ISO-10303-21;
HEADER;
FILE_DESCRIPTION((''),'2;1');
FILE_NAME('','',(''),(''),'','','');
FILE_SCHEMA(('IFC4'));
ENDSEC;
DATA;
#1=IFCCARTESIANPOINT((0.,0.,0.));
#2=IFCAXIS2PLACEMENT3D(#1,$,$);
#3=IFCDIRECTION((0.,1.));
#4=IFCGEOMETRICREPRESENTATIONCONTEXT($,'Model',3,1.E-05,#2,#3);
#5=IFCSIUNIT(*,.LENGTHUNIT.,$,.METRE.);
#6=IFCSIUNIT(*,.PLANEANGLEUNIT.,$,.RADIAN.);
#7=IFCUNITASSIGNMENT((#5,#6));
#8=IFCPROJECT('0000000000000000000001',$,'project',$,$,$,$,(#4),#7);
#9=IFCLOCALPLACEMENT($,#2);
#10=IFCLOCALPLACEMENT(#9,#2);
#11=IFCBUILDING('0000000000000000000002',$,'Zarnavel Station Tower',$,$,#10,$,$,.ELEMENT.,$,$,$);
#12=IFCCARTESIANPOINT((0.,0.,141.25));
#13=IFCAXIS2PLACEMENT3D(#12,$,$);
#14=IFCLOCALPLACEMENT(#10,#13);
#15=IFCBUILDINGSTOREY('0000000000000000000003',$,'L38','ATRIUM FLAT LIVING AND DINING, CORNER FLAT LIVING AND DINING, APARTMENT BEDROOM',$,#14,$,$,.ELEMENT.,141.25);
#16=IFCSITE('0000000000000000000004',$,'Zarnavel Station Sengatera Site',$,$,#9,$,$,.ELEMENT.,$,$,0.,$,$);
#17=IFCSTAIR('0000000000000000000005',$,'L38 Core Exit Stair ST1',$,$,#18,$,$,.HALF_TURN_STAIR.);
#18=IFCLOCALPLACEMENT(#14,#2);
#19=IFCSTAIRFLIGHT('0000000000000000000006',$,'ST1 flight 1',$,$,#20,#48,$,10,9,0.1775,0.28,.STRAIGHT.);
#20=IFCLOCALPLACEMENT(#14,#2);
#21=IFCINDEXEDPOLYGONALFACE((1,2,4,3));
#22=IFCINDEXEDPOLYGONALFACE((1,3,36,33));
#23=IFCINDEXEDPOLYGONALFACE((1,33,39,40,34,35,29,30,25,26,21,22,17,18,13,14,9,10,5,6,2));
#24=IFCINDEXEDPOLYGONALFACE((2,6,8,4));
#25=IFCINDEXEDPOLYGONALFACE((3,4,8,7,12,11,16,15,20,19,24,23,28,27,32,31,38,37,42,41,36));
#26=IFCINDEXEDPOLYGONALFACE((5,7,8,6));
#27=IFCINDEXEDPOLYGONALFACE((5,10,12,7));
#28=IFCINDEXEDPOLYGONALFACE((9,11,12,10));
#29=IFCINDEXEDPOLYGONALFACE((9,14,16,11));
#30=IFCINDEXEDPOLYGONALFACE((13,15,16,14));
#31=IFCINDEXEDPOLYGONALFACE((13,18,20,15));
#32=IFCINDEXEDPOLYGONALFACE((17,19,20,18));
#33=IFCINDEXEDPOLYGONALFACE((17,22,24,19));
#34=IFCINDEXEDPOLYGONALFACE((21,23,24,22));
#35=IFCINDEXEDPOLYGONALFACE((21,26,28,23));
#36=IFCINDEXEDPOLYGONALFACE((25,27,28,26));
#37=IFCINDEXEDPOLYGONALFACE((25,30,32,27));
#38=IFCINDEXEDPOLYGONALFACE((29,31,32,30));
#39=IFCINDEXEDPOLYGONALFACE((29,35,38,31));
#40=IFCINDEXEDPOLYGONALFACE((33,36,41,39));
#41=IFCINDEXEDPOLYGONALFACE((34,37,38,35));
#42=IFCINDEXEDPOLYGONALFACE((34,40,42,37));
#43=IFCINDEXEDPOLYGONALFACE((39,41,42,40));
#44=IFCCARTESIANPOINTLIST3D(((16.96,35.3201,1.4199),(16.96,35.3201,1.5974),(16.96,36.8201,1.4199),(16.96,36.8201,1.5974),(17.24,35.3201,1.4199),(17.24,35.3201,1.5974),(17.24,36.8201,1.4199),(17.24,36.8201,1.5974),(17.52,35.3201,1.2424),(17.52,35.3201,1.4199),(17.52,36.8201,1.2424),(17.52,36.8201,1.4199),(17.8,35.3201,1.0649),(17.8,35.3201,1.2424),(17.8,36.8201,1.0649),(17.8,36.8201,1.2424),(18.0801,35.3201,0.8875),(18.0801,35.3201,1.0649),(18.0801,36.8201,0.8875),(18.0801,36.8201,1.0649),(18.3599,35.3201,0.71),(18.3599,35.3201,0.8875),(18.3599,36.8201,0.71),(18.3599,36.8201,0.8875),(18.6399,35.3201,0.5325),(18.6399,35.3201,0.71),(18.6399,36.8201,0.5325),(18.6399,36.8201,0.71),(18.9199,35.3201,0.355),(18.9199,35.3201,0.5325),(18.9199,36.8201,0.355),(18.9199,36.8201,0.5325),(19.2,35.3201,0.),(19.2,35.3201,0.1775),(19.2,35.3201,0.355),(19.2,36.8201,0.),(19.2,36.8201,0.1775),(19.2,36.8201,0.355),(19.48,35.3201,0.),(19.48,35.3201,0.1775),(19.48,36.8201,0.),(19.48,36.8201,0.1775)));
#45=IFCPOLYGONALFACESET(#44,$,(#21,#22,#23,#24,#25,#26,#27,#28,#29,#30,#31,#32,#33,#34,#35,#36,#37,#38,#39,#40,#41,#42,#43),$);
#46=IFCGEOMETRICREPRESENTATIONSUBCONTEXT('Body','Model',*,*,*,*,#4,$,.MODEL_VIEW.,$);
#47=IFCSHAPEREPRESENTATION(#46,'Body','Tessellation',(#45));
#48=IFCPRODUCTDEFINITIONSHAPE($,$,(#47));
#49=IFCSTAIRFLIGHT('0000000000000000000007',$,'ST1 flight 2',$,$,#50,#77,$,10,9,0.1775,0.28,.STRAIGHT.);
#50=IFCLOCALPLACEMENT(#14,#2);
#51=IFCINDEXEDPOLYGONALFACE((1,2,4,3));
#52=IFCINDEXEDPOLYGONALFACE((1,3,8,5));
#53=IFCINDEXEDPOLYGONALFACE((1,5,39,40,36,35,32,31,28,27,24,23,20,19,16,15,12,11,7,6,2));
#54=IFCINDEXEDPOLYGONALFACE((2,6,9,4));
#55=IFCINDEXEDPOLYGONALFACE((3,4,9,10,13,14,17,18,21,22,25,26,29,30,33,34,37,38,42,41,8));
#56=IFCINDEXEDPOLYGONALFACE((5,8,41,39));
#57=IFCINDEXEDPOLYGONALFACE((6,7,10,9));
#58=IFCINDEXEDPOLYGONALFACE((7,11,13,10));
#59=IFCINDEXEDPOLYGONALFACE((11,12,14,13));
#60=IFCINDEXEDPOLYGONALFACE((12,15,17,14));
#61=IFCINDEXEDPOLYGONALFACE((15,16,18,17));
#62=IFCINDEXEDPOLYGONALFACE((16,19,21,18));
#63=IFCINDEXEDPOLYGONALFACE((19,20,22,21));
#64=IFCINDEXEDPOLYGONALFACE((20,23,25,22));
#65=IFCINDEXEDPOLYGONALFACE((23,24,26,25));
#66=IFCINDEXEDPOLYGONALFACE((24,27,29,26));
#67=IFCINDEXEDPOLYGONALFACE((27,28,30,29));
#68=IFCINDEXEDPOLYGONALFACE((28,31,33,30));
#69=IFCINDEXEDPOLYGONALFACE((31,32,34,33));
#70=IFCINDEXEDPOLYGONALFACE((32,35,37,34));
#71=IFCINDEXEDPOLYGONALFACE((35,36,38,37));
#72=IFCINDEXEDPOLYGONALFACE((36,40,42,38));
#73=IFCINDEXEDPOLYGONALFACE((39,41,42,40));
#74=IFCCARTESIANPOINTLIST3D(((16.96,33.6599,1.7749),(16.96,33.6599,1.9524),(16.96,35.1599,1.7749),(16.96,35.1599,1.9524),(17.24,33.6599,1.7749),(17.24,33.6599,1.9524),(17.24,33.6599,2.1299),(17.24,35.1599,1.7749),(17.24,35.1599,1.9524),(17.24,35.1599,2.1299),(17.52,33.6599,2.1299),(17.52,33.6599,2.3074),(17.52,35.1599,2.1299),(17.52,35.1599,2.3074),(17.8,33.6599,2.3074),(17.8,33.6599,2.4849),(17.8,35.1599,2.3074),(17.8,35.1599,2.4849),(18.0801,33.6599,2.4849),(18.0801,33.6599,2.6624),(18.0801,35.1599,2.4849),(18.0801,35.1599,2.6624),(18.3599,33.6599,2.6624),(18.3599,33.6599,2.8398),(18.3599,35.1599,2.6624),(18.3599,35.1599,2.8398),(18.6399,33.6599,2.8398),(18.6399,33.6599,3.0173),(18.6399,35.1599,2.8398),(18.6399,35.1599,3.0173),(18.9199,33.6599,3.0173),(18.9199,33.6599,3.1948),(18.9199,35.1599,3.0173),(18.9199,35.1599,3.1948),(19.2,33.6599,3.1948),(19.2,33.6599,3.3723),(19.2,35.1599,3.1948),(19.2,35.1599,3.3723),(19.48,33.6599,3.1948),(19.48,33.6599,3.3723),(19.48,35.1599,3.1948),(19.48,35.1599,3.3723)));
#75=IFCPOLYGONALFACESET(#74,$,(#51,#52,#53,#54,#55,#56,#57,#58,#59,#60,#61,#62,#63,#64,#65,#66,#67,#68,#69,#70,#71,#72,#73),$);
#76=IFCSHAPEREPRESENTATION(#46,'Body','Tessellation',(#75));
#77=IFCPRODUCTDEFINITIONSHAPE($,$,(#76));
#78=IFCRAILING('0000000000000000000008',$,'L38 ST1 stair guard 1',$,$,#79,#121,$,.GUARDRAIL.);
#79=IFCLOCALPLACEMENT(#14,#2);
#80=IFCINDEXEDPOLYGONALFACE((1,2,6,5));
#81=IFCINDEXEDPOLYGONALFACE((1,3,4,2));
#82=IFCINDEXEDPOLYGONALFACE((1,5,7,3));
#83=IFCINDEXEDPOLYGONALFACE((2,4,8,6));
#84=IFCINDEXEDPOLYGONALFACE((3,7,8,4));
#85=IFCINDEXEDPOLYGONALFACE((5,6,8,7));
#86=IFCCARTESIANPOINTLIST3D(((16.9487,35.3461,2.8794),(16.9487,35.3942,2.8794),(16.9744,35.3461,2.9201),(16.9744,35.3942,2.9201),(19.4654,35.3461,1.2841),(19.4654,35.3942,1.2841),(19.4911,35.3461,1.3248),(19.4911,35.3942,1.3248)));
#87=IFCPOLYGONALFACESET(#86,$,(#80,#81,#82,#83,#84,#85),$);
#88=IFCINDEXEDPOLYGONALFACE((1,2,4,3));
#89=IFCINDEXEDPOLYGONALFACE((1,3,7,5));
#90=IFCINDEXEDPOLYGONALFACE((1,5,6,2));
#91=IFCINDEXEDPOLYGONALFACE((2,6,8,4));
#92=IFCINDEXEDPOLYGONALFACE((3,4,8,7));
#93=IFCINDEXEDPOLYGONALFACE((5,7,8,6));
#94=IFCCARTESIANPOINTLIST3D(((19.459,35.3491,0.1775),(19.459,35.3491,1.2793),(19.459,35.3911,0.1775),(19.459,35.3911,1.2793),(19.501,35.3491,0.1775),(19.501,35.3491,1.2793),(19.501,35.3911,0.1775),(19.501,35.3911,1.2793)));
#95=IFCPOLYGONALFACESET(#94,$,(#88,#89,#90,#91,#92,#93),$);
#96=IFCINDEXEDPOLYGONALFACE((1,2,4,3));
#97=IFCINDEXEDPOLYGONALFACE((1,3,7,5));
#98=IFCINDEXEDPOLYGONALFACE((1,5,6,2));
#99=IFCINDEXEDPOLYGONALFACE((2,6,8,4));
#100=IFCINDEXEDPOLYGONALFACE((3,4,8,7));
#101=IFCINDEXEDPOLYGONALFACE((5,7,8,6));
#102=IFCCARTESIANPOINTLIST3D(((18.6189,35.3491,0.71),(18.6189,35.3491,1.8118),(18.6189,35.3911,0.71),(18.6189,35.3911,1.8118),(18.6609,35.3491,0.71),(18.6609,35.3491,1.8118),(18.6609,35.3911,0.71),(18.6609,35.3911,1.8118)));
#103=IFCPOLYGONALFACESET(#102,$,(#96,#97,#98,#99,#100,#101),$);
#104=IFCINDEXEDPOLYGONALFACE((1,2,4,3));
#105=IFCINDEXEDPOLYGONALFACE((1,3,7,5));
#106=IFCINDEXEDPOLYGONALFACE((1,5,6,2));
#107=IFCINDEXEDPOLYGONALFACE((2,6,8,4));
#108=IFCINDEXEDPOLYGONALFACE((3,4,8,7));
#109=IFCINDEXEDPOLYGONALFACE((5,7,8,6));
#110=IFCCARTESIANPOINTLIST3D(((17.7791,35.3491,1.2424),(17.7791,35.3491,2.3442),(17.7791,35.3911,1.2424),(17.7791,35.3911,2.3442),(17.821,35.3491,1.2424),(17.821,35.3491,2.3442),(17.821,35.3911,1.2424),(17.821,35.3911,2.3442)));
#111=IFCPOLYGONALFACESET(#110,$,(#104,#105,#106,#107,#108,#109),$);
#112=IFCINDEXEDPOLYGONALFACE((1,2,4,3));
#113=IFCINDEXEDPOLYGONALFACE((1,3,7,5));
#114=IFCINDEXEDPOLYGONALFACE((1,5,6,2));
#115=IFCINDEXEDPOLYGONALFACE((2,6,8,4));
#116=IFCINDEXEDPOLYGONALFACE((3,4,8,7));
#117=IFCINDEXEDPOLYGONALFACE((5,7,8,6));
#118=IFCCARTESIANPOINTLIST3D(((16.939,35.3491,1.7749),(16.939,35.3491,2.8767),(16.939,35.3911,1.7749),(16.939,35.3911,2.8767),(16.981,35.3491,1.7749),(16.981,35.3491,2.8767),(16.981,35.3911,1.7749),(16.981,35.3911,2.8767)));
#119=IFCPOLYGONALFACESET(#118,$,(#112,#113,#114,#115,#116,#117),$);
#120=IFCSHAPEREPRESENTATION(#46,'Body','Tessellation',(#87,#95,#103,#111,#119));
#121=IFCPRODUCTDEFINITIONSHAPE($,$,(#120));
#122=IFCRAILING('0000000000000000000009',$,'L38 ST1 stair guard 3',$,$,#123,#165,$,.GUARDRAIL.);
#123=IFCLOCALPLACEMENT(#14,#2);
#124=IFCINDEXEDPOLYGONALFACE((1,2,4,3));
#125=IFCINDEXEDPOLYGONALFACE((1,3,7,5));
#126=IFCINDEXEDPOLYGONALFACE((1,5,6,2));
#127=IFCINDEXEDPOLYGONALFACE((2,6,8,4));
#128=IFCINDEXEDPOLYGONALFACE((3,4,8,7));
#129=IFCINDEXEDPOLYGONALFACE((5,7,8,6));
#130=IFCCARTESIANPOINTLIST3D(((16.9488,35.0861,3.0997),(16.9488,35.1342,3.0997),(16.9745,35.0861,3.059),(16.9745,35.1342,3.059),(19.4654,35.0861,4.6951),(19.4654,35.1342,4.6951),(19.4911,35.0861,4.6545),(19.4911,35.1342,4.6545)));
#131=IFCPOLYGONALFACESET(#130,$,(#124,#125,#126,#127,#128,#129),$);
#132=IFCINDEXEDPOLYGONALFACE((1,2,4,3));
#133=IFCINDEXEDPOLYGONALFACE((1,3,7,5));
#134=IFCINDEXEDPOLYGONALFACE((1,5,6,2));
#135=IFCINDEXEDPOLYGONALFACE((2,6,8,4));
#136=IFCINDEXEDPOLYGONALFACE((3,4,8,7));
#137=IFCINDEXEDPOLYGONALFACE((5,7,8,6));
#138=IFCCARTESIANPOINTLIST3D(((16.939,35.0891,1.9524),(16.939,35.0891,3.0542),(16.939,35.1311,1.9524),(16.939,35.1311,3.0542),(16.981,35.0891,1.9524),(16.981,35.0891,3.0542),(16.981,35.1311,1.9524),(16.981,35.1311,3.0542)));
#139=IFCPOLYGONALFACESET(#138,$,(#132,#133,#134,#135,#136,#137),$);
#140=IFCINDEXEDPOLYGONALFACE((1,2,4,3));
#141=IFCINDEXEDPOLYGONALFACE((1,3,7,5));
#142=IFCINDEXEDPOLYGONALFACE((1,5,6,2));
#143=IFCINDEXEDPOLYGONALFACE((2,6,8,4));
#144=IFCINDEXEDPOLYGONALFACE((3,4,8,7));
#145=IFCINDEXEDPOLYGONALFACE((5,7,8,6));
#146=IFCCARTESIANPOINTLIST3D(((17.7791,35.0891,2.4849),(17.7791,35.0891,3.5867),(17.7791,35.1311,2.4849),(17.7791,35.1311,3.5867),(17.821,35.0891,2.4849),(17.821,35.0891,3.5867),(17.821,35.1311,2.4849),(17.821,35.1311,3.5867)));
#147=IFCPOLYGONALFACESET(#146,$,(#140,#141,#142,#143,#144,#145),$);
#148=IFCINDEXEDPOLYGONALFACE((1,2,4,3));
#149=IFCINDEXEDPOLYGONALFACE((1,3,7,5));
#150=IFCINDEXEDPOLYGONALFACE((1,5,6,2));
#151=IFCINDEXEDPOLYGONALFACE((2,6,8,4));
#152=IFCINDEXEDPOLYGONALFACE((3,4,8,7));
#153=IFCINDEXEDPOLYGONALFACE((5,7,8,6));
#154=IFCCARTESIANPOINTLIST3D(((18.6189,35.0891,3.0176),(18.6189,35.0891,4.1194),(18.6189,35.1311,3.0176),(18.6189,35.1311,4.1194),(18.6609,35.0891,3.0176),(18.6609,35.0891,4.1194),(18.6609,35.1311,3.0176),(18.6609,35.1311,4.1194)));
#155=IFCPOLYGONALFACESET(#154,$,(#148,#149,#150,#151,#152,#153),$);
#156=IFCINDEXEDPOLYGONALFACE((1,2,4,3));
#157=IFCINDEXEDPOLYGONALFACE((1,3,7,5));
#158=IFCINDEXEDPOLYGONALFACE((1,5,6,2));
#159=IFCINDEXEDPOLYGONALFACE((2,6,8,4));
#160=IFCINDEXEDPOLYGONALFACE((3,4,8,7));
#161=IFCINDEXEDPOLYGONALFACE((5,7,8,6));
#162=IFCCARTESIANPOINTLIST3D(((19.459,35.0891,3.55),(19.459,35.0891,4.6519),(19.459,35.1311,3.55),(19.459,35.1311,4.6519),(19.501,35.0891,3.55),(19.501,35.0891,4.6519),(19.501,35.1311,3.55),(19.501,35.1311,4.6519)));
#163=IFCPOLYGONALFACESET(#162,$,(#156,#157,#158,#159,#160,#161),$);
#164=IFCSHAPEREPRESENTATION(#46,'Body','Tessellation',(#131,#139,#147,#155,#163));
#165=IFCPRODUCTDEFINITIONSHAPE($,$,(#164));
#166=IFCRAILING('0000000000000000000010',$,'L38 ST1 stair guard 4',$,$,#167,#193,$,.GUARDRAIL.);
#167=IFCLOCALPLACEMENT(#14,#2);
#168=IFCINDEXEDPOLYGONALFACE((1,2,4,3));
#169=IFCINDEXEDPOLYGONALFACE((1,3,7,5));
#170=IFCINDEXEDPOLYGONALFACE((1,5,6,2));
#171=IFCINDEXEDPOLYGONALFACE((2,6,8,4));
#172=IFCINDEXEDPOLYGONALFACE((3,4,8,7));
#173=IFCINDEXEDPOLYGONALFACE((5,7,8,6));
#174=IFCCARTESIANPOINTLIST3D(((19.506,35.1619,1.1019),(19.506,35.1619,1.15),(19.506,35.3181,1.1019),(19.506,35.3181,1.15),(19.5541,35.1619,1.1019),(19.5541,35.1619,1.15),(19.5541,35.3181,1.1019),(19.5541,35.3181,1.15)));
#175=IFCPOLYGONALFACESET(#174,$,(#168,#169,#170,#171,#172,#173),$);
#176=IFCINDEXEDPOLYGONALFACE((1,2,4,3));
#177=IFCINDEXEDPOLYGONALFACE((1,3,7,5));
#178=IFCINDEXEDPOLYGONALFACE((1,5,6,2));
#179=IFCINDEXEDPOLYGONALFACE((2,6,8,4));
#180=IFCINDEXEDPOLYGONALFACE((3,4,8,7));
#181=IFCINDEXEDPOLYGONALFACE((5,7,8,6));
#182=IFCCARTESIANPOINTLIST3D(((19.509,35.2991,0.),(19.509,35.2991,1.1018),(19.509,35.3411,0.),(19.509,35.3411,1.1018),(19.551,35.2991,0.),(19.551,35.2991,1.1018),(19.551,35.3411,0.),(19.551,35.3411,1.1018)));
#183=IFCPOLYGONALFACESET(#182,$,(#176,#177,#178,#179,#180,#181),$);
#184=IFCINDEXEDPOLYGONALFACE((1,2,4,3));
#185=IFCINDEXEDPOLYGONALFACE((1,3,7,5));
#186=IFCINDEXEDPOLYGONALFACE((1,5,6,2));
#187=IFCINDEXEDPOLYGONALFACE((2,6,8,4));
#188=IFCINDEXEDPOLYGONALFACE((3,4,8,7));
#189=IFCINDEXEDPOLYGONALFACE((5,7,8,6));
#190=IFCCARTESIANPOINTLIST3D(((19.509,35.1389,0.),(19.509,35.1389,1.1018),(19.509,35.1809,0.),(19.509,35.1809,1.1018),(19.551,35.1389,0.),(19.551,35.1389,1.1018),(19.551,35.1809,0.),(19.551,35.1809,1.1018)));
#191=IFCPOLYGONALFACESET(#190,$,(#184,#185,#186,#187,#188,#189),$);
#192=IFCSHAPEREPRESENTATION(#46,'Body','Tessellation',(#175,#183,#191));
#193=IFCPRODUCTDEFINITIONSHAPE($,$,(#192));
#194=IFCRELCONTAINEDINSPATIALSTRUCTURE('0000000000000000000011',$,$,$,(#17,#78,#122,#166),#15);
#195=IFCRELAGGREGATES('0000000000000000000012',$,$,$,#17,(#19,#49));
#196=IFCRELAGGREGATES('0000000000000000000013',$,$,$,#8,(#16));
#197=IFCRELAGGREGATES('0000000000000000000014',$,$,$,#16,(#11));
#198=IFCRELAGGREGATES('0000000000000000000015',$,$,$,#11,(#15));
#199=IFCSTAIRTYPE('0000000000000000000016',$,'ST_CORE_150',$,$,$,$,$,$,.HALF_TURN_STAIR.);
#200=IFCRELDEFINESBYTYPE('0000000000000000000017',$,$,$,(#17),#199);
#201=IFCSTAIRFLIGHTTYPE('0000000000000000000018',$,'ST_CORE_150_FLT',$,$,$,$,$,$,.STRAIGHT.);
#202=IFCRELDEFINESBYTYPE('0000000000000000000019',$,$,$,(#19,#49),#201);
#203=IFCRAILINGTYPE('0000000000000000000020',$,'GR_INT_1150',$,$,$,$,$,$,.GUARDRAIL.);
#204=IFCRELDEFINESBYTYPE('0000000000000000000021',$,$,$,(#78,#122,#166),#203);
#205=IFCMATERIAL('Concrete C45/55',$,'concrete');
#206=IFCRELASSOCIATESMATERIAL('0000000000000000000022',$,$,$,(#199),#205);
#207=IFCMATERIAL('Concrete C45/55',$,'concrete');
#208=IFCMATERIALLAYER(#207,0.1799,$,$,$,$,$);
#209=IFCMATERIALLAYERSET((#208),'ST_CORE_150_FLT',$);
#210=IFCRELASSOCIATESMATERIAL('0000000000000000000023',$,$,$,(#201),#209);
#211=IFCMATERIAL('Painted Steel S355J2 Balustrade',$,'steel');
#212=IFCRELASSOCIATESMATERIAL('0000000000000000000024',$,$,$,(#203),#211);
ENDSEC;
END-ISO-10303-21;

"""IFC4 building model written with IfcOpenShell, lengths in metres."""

from ifc_helpers import new_model, si_unit, direction, frame, origin, origin_2d, place, context, subcontext, project, spatial, polyline, rectangle, outline, extrude, material, layer, layer_set, type_object, element, aggregate, save


model = new_model("IFC4")

# Units and contexts
model_context = context("Model", 3, precision=1e-05, world=origin(), true_north=direction((0.0, 1.0)))
body_context = subcontext(model_context, "Body", "Model", "MODEL_VIEW")
ifc_project = project(units=[si_unit("LENGTHUNIT", "METRE"), si_unit("PLANEANGLEUNIT", "RADIAN")], contexts=[model_context])

# Site, building, storey
site_placement = place(None, origin())
site = spatial("IfcSite", under=ifc_project, at=site_placement, Name="Zarnavel Station Sengatera Site", CompositionType="ELEMENT", RefElevation=0.0)
building_placement = place(site_placement, origin())
building = spatial("IfcBuilding", under=site, at=building_placement, Name="Zarnavel Station Tower", CompositionType="ELEMENT")
storey_placement = place(building_placement, frame((0.0, 0.0, 141.25)))
storey = spatial("IfcBuildingStorey", under=building, at=storey_placement, Name="L38", Description="ATRIUM FLAT LIVING AND DINING, CORNER FLAT LIVING AND DINING, APARTMENT BEDROOM", CompositionType="ELEMENT", Elevation=141.25)

# Stair, stair flights
ifc_material_1 = material(Name="Concrete C45/55", Category="concrete")
stair_type = type_object("IfcStairType", Name="ST_CORE_150", PredefinedType="HALF_TURN_STAIR", material=ifc_material_1)
stair_placement = place(storey_placement, origin())
stair = element("IfcStair", 1, at=stair_placement, inside=storey, type_object=stair_type, Name="L38 Core Exit Stair ST1", PredefinedType="HALF_TURN_STAIR")
ifc_material_2 = material(Name="Concrete C45/55", Category="concrete")
ifc_layer_1 = layer(ifc_material_2, 0.1799)
ifc_layer_set_1 = layer_set([ifc_layer_1], Name="ST_CORE_150_FLT")
stair_flight_type = type_object("IfcStairFlightType", Name="ST_CORE_150_FLT", PredefinedType="STRAIGHT", material=ifc_layer_set_1)
stair_flight_1_placement = place(storey_placement, frame((19.48, 36.0701, 0.0), z_axis=(0.0, 0.0, 1.0), x_axis=(-1.0, 0.0, 0.0)))
stair_flight_1 = element("IfcStairFlight", 2, at=stair_flight_1_placement, type_object=stair_flight_type, Name="ST1 flight 1", NumberOfRisers=10, NumberOfTreads=9, PredefinedType="STRAIGHT", RiserHeight=0.1775, TreadLength=0.28, context=body_context, shape_type="SweptSolid", body=[
    extrude(outline(polyline([(0.0, 0.0), (0.0, 0.1775), (0.28, 0.1775), (0.28, 0.355), (0.5601, 0.355), (0.5601, 0.5325), (0.8401, 0.5325), (0.8401, 0.71), (1.1201, 0.71), (1.1201, 0.8875), (1.3999, 0.8875), (1.3999, 1.0649), (1.6799, 1.0649), (1.6799, 1.2424), (1.96, 1.2424), (1.96, 1.4199), (2.24, 1.4199), (2.24, 1.5974), (2.52, 1.5974), (2.52, 1.7749), (2.52, 1.4199), (0.28, 0.0), (0.0, 0.0)])), frame((0.0, 0.75, 0.0), z_axis=(0.0, -1.0, 0.0), x_axis=(1.0, 0.0, 0.0)), (0.0, 0.0, 1.0), 1.5),
])
stair_flight_2_placement = place(storey_placement, frame((16.96, 34.4099, 1.7749), z_axis=(0.0, 0.0, 1.0), x_axis=(1.0, 0.0, 0.0)))
stair_flight_2 = element("IfcStairFlight", 3, at=stair_flight_2_placement, type_object=stair_flight_type, Name="ST1 flight 2", NumberOfRisers=10, NumberOfTreads=9, PredefinedType="STRAIGHT", RiserHeight=0.1775, TreadLength=0.28, context=body_context, shape_type="SweptSolid", body=[
    extrude(outline(polyline([(0.0, 0.0), (0.0, 0.1775), (0.28, 0.1775), (0.28, 0.355), (0.5601, 0.355), (0.5601, 0.5325), (0.8401, 0.5325), (0.8401, 0.71), (1.1201, 0.71), (1.1201, 0.8875), (1.3999, 0.8875), (1.3999, 1.0649), (1.6799, 1.0649), (1.6799, 1.2424), (1.96, 1.2424), (1.96, 1.4199), (2.24, 1.4199), (2.24, 1.5974), (2.52, 1.5974), (2.52, 1.7749), (2.52, 1.4199), (0.28, 0.0), (0.0, 0.0)])), frame((0.0, 0.75, 0.0), z_axis=(0.0, -1.0, 0.0), x_axis=(1.0, 0.0, 0.0)), (0.0, 0.0, 1.0), 1.5),
])
aggregate(stair, [stair_flight_1, stair_flight_2])

# Railings
ifc_material_3 = material(Name="Painted Steel S355J2 Balustrade", Category="steel")
railing_type_1 = type_object("IfcRailingType", Name="GR_INT_1150", PredefinedType="GUARDRAIL", material=ifc_material_3)
railing_1_placement = place(storey_placement, frame((19.48, 35.3701, 0.1775)))
element("IfcRailing", 4, at=railing_1_placement, inside=storey, type_object=railing_type_1, Name="L38 ST1 stair guard 1", PredefinedType="GUARDRAIL", context=body_context, shape_type="SweptSolid", body=[
    extrude(rectangle(XDim=0.0481, YDim=0.0481, at=origin_2d()), frame((-0.0017, 0.0, 1.127), z_axis=(-0.844607, 0.0, 0.535387), x_axis=(0.0, -1.0, 0.0)), (0.0, 0.0, 1.0), 2.9797),
    extrude(rectangle(XDim=0.042, YDim=0.042, at=origin_2d()), origin(), (0.0, 0.0, 1.0), 1.1018),
    extrude(rectangle(XDim=0.042, YDim=0.042, at=origin_2d()), frame((-0.8401, 0.0, 0.5325)), (0.0, 0.0, 1.0), 1.1018),
    extrude(rectangle(XDim=0.042, YDim=0.042, at=origin_2d()), frame((-1.6799, 0.0, 1.0649)), (0.0, 0.0, 1.0), 1.1018),
    extrude(rectangle(XDim=0.042, YDim=0.042, at=origin_2d()), frame((-2.52, 0.0, 1.5974)), (0.0, 0.0, 1.0), 1.1018),
])
railing_2_placement = place(storey_placement, frame((16.96, 35.1101, 1.9524)))
element("IfcRailing", 5, at=railing_2_placement, inside=storey, type_object=railing_type_1, Name="L38 ST1 stair guard 3", PredefinedType="GUARDRAIL", context=body_context, shape_type="SweptSolid", body=[
    extrude(rectangle(XDim=0.0481, YDim=0.0481, at=origin_2d()), frame((0.0017, 0.0, 1.127), z_axis=(0.84457, 0.0, 0.535445), x_axis=(0.0, 1.0, 0.0)), (0.0, 0.0, 1.0), 2.9797),
    extrude(rectangle(XDim=0.042, YDim=0.042, at=origin_2d()), origin(), (0.0, 0.0, 1.0), 1.1018),
    extrude(rectangle(XDim=0.042, YDim=0.042, at=origin_2d()), frame((0.8401, 0.0, 0.5325)), (0.0, 0.0, 1.0), 1.1018),
    extrude(rectangle(XDim=0.042, YDim=0.042, at=origin_2d()), frame((1.6799, 0.0, 1.0652)), (0.0, 0.0, 1.0), 1.1018),
    extrude(rectangle(XDim=0.042, YDim=0.042, at=origin_2d()), frame((2.52, 0.0, 1.5977)), (0.0, 0.0, 1.0), 1.1018),
])
railing_3_placement = place(storey_placement, frame((19.53, 35.3201, 0.0)))
element("IfcRailing", 6, at=railing_3_placement, inside=storey, type_object=railing_type_1, Name="L38 ST1 stair guard 4", PredefinedType="GUARDRAIL", context=body_context, shape_type="SweptSolid", body=[
    extrude(rectangle(XDim=0.0481, YDim=0.0481, at=origin_2d()), frame((0.0, -0.002, 1.126), z_axis=(0.0, -1.0, 0.0), x_axis=(1.0, 0.0, 0.0)), (0.0, 0.0, 1.0), 0.1562),
    extrude(rectangle(XDim=0.042, YDim=0.042, at=origin_2d()), origin(), (0.0, 0.0, 1.0), 1.1018),
    extrude(rectangle(XDim=0.042, YDim=0.042, at=origin_2d()), frame((0.0, -0.1602, 0.0)), (0.0, 0.0, 1.0), 1.1018),
])

save(model, "model.ifc")
